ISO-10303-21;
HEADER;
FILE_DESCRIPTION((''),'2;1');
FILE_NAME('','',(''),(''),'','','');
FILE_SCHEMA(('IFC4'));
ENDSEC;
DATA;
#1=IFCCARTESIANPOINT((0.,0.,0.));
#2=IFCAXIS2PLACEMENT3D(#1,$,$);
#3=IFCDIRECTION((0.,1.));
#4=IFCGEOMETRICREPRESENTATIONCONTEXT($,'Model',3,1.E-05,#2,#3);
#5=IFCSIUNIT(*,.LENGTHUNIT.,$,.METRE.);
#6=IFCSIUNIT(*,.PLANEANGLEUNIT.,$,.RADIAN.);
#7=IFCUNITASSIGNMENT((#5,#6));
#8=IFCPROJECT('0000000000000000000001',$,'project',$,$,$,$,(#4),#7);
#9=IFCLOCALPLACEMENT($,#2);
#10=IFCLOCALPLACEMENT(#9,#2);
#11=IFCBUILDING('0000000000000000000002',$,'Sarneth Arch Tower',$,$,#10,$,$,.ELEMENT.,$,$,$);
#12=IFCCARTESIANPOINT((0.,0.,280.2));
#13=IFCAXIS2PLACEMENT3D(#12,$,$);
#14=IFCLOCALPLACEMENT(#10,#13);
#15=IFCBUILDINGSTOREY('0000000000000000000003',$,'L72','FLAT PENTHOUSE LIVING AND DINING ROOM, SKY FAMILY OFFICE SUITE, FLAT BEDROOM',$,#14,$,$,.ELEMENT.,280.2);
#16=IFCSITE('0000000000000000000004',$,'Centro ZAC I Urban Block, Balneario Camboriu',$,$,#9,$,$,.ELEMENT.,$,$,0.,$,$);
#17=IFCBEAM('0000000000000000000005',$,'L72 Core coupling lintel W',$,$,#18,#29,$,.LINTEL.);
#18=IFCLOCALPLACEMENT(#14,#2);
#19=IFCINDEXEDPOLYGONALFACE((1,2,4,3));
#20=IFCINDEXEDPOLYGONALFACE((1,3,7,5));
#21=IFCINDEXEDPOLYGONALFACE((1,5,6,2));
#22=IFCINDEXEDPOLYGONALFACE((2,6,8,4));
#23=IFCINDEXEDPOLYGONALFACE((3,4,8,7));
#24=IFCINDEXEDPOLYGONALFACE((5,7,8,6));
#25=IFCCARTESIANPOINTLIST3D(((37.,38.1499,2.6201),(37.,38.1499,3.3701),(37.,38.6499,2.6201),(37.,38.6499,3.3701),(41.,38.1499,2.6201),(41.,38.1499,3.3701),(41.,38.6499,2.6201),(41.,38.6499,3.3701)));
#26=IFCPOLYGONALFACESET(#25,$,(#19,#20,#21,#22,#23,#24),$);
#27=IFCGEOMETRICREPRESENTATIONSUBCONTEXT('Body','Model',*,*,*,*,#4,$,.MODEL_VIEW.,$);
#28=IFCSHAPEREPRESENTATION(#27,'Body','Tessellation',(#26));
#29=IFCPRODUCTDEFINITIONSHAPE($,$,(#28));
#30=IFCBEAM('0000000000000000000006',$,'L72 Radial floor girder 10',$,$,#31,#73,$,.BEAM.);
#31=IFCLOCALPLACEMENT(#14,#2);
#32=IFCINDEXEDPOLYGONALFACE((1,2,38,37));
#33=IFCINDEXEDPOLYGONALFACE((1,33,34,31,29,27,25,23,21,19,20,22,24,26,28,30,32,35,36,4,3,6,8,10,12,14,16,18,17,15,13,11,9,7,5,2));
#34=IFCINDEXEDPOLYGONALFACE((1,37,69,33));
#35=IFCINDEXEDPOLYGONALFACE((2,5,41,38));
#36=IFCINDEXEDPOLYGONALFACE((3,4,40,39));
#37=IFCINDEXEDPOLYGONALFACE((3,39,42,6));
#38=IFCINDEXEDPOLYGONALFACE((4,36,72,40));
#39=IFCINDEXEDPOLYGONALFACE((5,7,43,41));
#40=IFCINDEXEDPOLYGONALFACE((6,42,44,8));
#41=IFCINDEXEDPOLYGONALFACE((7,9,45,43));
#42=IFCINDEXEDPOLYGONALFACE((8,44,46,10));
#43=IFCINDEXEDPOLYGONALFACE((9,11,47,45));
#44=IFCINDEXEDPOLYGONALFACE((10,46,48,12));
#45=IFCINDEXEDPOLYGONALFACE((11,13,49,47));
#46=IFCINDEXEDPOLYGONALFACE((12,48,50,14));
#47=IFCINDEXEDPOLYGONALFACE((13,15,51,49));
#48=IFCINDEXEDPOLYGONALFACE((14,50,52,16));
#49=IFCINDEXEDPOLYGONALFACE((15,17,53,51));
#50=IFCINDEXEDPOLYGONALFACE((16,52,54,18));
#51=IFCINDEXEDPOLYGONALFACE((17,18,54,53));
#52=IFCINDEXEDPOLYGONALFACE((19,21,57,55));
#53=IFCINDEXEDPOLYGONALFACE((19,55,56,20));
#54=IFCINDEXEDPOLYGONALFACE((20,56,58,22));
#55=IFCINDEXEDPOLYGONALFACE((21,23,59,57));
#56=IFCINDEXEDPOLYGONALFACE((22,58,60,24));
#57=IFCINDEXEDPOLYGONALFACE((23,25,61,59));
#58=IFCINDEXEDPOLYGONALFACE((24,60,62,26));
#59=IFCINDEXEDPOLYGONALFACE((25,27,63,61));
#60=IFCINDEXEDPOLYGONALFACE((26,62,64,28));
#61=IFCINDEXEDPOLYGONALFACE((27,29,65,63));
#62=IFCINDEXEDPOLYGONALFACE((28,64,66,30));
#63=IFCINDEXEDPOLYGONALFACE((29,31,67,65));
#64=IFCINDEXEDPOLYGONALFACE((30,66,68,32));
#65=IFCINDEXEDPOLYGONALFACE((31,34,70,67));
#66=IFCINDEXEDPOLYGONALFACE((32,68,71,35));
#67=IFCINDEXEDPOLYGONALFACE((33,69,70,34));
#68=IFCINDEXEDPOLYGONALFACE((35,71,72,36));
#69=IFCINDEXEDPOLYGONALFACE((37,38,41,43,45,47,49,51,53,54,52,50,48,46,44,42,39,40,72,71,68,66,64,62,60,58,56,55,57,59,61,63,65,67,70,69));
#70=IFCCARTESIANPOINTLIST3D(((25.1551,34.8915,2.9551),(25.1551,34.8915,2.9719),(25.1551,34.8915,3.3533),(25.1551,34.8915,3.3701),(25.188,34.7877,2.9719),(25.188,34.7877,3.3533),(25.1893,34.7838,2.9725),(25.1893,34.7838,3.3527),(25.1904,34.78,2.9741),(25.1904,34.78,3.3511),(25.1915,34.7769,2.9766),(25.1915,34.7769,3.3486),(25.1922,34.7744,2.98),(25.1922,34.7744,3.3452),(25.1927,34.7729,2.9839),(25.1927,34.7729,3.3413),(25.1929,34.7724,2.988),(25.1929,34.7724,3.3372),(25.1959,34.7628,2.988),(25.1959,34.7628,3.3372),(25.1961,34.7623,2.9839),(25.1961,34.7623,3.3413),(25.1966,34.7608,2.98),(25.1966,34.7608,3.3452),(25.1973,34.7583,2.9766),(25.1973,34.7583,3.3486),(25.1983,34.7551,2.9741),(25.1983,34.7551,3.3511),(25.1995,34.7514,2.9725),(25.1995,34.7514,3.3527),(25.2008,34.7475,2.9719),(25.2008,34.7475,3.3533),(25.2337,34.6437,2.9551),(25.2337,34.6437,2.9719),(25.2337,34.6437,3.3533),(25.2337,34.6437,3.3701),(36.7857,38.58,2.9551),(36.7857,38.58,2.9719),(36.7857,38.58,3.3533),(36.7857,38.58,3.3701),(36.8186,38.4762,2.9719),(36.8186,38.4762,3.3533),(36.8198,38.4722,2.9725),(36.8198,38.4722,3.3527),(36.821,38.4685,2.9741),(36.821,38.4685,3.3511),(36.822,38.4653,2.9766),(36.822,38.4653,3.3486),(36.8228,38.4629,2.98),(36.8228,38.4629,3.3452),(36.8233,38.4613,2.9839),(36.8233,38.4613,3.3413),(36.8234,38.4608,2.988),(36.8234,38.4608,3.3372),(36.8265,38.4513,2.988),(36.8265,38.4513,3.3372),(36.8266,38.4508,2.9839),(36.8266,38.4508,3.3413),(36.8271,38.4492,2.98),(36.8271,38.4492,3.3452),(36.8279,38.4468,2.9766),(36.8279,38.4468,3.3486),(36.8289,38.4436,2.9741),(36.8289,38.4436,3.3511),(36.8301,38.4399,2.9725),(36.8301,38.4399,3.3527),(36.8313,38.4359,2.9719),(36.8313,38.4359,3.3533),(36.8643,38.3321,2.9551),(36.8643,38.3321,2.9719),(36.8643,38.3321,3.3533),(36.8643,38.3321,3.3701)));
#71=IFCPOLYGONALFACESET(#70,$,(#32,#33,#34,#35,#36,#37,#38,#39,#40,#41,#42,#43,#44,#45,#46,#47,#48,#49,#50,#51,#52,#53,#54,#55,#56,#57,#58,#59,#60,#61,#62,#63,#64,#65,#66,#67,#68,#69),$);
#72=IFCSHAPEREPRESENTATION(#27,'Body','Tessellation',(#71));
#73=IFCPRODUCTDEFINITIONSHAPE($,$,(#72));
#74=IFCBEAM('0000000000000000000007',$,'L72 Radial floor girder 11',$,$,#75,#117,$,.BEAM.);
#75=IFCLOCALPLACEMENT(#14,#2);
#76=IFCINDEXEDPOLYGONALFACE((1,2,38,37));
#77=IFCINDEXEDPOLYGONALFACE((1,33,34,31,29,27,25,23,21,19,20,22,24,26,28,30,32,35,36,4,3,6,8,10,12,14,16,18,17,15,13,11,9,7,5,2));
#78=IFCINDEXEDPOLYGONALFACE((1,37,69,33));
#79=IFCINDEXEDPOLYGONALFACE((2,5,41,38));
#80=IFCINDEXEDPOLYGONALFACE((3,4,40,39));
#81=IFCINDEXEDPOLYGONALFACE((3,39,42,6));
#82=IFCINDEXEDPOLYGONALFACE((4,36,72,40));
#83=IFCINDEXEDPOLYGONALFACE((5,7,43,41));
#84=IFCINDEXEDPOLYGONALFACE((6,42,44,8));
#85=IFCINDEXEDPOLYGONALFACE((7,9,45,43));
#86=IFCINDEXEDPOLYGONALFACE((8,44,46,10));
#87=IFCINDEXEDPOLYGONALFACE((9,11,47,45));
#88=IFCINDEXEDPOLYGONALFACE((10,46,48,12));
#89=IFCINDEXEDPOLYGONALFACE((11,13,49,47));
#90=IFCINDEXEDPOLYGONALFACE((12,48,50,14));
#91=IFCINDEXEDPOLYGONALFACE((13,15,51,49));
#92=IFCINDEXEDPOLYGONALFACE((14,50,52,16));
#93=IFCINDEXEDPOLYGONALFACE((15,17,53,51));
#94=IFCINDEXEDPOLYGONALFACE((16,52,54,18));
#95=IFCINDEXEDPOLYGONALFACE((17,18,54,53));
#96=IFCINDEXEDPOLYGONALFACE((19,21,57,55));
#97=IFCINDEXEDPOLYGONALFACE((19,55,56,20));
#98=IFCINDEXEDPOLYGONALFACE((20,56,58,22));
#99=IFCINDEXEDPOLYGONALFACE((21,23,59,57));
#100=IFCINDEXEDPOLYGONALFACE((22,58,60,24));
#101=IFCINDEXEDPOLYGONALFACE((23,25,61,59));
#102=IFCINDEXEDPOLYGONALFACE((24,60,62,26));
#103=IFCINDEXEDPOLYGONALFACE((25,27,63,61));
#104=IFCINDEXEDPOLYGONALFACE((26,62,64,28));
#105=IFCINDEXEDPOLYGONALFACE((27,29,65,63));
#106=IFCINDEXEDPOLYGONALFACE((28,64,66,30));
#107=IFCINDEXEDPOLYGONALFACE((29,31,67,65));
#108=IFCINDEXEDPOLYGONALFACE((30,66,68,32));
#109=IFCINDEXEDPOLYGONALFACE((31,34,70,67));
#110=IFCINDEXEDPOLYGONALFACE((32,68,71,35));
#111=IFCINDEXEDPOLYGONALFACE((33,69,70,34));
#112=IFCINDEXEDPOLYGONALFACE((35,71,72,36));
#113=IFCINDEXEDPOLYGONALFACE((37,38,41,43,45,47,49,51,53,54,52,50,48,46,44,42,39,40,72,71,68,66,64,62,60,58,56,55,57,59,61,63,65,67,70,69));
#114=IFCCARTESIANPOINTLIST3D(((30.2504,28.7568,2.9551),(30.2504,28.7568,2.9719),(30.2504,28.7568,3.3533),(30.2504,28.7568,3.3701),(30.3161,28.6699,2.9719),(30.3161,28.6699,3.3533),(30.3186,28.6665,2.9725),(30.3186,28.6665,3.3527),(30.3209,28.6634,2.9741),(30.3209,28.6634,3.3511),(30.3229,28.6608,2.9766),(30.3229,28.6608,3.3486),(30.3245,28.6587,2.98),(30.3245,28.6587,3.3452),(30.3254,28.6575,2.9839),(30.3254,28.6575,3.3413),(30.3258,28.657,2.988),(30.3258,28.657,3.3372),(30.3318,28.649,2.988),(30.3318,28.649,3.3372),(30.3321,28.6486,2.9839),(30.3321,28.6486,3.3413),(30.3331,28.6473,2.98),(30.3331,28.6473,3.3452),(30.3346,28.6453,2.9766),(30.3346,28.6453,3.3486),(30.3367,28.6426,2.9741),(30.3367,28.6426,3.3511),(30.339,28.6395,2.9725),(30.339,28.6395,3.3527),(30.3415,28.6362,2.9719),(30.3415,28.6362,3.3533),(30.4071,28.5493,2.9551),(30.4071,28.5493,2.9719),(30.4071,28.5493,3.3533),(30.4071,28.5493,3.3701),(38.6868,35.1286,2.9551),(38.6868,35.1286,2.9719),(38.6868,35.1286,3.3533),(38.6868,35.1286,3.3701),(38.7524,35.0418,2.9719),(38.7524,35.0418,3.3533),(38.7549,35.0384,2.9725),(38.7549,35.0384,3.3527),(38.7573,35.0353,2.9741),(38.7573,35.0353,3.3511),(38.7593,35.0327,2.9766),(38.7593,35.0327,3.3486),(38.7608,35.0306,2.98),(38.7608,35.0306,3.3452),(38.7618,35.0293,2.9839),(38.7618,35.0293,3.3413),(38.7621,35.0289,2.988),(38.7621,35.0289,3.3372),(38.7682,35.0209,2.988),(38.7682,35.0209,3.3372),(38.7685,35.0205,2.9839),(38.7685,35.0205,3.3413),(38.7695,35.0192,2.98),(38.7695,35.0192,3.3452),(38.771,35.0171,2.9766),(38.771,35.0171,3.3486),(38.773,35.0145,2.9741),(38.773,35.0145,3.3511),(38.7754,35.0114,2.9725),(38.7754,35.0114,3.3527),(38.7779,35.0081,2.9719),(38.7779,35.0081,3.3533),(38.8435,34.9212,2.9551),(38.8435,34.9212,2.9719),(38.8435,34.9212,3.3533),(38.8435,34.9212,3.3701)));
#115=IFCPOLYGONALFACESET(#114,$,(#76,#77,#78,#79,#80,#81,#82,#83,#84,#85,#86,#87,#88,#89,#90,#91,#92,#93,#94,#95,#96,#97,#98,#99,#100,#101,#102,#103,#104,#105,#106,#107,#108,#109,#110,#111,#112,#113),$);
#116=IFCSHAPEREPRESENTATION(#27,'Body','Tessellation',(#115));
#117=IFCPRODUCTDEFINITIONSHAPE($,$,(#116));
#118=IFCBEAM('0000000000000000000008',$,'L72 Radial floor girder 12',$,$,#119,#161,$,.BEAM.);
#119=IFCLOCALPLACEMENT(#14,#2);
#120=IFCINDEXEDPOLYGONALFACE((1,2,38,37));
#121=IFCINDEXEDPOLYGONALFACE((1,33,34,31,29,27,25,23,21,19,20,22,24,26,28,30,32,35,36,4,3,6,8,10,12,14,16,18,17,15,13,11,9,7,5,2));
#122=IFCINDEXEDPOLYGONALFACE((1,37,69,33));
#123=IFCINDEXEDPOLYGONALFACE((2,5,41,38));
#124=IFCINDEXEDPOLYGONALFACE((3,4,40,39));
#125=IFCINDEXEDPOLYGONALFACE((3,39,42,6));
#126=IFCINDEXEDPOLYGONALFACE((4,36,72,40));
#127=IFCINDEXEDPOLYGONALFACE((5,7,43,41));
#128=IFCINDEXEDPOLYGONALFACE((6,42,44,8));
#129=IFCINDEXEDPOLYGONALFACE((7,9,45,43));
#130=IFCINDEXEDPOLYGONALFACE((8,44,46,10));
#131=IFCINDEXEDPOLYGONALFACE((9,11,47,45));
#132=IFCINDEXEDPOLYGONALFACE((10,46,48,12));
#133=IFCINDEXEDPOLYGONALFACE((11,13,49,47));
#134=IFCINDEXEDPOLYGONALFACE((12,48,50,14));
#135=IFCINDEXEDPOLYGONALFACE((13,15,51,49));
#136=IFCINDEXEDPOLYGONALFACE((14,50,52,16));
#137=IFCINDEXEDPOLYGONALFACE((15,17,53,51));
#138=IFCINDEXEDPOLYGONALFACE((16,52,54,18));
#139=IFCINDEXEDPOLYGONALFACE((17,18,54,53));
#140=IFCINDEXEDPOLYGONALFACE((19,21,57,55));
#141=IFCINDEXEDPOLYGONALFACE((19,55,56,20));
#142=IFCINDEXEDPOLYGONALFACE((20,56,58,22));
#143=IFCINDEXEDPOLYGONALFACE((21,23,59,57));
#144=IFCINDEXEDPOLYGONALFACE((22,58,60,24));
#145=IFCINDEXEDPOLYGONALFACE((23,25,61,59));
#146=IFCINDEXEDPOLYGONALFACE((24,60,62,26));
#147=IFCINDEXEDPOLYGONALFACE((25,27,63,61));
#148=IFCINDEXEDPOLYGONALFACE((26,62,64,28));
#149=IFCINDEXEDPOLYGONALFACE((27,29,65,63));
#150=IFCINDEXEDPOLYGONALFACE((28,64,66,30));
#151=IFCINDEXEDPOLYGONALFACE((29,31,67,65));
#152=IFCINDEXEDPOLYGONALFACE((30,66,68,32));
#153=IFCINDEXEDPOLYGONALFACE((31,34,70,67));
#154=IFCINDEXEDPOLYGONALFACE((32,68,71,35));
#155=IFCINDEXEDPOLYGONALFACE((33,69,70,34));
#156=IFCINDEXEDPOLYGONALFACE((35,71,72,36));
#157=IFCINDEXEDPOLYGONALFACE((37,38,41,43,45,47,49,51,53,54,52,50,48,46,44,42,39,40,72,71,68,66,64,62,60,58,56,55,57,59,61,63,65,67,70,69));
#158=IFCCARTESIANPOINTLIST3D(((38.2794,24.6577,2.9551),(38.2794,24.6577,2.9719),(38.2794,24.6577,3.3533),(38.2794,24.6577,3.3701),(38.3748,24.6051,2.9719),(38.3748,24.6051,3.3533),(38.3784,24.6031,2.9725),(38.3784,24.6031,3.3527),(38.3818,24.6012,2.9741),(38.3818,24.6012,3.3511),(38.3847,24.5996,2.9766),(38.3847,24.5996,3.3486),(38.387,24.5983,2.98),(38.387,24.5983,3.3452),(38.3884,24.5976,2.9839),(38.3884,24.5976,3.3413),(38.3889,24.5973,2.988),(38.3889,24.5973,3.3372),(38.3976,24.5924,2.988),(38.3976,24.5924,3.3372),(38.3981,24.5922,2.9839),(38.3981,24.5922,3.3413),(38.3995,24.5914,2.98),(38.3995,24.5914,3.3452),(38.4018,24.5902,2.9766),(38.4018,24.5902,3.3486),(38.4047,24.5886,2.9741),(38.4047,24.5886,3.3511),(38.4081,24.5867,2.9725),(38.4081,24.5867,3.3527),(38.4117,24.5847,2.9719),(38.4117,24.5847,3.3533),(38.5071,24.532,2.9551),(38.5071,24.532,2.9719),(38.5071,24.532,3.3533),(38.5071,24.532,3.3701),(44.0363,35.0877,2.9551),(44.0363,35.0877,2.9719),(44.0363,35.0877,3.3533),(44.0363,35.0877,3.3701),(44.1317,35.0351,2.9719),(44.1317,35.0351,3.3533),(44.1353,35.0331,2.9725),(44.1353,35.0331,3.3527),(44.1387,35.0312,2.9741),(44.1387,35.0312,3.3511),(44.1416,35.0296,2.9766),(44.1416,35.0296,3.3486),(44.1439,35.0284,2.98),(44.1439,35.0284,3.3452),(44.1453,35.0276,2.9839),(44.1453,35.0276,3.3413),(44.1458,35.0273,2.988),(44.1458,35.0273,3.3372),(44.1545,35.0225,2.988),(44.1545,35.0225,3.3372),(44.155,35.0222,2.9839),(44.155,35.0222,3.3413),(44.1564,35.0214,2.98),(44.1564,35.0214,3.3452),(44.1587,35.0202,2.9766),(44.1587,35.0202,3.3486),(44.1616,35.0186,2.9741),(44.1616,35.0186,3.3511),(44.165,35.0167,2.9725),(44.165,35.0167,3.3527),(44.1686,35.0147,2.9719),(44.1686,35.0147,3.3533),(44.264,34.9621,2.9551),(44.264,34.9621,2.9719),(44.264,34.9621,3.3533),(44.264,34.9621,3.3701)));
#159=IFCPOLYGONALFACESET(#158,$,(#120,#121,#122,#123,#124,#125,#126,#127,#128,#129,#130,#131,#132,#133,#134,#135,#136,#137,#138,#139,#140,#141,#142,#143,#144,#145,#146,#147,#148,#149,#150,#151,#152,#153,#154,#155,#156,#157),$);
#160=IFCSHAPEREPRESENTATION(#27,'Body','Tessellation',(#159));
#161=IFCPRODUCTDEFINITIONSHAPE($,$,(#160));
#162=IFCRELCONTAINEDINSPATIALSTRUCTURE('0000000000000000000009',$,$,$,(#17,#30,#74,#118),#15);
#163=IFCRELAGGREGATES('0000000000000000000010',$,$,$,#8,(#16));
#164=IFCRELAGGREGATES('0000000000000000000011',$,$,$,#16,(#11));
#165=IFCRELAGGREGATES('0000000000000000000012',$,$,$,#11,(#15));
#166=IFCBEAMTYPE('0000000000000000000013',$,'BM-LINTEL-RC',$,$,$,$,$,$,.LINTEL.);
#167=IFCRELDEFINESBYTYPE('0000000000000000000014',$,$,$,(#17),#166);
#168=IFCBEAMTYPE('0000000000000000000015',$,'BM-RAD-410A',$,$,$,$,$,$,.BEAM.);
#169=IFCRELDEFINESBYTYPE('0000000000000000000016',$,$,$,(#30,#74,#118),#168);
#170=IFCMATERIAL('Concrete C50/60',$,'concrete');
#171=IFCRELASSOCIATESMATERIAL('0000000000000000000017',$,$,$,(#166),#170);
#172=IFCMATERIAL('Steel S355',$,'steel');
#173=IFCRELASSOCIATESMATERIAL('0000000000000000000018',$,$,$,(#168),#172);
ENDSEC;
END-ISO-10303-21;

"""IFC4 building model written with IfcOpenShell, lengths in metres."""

from ifc_helpers import new_model, si_unit, direction, frame, origin, origin_2d, place, context, subcontext, project, spatial, rectangle, i_section, extrude, material, material_profile, profile_set, type_object, element, save


model = new_model("IFC4")

# Units and contexts
model_context = context("Model", 3, precision=1e-05, world=origin(), true_north=direction((0.0, 1.0)))
body_context = subcontext(model_context, "Body", "Model", "MODEL_VIEW")
ifc_project = project(units=[si_unit("LENGTHUNIT", "METRE"), si_unit("PLANEANGLEUNIT", "RADIAN")], contexts=[model_context])

# Site, building, storey
site_placement = place(None, origin())
site = spatial("IfcSite", under=ifc_project, at=site_placement, Name="Centro ZAC I Urban Block, Balneario Camboriu", CompositionType="ELEMENT", RefElevation=0.0)
building_placement = place(site_placement, origin())
building = spatial("IfcBuilding", under=site, at=building_placement, Name="Sarneth Arch Tower", CompositionType="ELEMENT")
storey_placement = place(building_placement, frame((0.0, 0.0, 280.2)))
storey = spatial("IfcBuildingStorey", under=building, at=storey_placement, Name="L72", Description="FLAT PENTHOUSE LIVING AND DINING ROOM, SKY FAMILY OFFICE SUITE, FLAT BEDROOM", CompositionType="ELEMENT", Elevation=280.2)

# Beams
ifc_material_1 = material(Name="Concrete C50/60", Category="concrete")
ifc_material_profile_1 = material_profile(ifc_material_1, rectangle(XDim=0.5, YDim=0.75, at=origin_2d()), Name="RC-500x750")
ifc_profile_set_1 = profile_set([ifc_material_profile_1], Name="Concrete C50/60")
beam_type_1 = type_object("IfcBeamType", Name="BM-LINTEL-RC", PredefinedType="LINTEL", material=ifc_profile_set_1)
beam_1_placement = place(storey_placement, frame((37.0, 38.3999, 2.9951), z_axis=(1.0, 0.0, 0.0), x_axis=(0.0, 1.0, 0.0)))
element("IfcBeam", 1, at=beam_1_placement, inside=storey, type_object=beam_type_1, Name="L72 Core coupling lintel W", PredefinedType="LINTEL", context=body_context, shape_type="SweptSolid", body=[
    extrude(rectangle(XDim=0.5, YDim=0.75, at=origin_2d()), origin(), (0.0, 0.0, 1.0), 4.0),
])
ifc_material_2 = material(Name="Steel S355", Category="steel")
ifc_material_profile_2 = material_profile(ifc_material_2, i_section(OverallWidth=0.26, OverallDepth=0.415, WebThickness=0.01, FlangeThickness=0.0168, FilletRadius=0.0161, at=origin_2d()), Name="W410x100")
ifc_profile_set_2 = profile_set([ifc_material_profile_2], Name="Steel S355")
beam_type_2 = type_object("IfcBeamType", Name="BM-RAD-410A", PredefinedType="BEAM", material=ifc_profile_set_2)
beam_2_placement = place(storey_placement, frame((36.825, 38.4561, 3.1626), z_axis=(-0.953214, -0.302298, 0.0), x_axis=(0.302298, -0.953214, 0.0)))
element("IfcBeam", 2, at=beam_2_placement, inside=storey, type_object=beam_type_2, Name="L72 Radial floor girder 10", PredefinedType="BEAM", context=body_context, shape_type="SweptSolid", body=[
    extrude(i_section(OverallWidth=0.26, OverallDepth=0.415, WebThickness=0.01, FlangeThickness=0.0168, FilletRadius=0.0161, at=origin_2d()), origin(), (0.0, 0.0, 1.0), 12.2014),
])
beam_3_placement = place(storey_placement, frame((38.7651, 35.0249, 3.1626), z_axis=(-0.79797, -0.602698, 0.0), x_axis=(0.602698, -0.79797, 0.0)))
element("IfcBeam", 3, at=beam_3_placement, inside=storey, type_object=beam_type_2, Name="L72 Radial floor girder 11", PredefinedType="BEAM", context=body_context, shape_type="SweptSolid", body=[
    extrude(i_section(OverallWidth=0.26, OverallDepth=0.415, WebThickness=0.01, FlangeThickness=0.0168, FilletRadius=0.0161, at=origin_2d()), origin(), (0.0, 0.0, 1.0), 10.5723),
])
beam_4_placement = place(storey_placement, frame((44.1501, 35.0249, 3.1626), z_axis=(-0.483231, -0.875493, 0.0), x_axis=(0.875493, -0.483231, 0.0)))
element("IfcBeam", 4, at=beam_4_placement, inside=storey, type_object=beam_type_2, Name="L72 Radial floor girder 12", PredefinedType="BEAM", context=body_context, shape_type="SweptSolid", body=[
    extrude(i_section(OverallWidth=0.26, OverallDepth=0.415, WebThickness=0.01, FlangeThickness=0.0168, FilletRadius=0.0161, at=origin_2d()), origin(), (0.0, 0.0, 1.0), 11.9133),
])

save(model, "model.ifc")
